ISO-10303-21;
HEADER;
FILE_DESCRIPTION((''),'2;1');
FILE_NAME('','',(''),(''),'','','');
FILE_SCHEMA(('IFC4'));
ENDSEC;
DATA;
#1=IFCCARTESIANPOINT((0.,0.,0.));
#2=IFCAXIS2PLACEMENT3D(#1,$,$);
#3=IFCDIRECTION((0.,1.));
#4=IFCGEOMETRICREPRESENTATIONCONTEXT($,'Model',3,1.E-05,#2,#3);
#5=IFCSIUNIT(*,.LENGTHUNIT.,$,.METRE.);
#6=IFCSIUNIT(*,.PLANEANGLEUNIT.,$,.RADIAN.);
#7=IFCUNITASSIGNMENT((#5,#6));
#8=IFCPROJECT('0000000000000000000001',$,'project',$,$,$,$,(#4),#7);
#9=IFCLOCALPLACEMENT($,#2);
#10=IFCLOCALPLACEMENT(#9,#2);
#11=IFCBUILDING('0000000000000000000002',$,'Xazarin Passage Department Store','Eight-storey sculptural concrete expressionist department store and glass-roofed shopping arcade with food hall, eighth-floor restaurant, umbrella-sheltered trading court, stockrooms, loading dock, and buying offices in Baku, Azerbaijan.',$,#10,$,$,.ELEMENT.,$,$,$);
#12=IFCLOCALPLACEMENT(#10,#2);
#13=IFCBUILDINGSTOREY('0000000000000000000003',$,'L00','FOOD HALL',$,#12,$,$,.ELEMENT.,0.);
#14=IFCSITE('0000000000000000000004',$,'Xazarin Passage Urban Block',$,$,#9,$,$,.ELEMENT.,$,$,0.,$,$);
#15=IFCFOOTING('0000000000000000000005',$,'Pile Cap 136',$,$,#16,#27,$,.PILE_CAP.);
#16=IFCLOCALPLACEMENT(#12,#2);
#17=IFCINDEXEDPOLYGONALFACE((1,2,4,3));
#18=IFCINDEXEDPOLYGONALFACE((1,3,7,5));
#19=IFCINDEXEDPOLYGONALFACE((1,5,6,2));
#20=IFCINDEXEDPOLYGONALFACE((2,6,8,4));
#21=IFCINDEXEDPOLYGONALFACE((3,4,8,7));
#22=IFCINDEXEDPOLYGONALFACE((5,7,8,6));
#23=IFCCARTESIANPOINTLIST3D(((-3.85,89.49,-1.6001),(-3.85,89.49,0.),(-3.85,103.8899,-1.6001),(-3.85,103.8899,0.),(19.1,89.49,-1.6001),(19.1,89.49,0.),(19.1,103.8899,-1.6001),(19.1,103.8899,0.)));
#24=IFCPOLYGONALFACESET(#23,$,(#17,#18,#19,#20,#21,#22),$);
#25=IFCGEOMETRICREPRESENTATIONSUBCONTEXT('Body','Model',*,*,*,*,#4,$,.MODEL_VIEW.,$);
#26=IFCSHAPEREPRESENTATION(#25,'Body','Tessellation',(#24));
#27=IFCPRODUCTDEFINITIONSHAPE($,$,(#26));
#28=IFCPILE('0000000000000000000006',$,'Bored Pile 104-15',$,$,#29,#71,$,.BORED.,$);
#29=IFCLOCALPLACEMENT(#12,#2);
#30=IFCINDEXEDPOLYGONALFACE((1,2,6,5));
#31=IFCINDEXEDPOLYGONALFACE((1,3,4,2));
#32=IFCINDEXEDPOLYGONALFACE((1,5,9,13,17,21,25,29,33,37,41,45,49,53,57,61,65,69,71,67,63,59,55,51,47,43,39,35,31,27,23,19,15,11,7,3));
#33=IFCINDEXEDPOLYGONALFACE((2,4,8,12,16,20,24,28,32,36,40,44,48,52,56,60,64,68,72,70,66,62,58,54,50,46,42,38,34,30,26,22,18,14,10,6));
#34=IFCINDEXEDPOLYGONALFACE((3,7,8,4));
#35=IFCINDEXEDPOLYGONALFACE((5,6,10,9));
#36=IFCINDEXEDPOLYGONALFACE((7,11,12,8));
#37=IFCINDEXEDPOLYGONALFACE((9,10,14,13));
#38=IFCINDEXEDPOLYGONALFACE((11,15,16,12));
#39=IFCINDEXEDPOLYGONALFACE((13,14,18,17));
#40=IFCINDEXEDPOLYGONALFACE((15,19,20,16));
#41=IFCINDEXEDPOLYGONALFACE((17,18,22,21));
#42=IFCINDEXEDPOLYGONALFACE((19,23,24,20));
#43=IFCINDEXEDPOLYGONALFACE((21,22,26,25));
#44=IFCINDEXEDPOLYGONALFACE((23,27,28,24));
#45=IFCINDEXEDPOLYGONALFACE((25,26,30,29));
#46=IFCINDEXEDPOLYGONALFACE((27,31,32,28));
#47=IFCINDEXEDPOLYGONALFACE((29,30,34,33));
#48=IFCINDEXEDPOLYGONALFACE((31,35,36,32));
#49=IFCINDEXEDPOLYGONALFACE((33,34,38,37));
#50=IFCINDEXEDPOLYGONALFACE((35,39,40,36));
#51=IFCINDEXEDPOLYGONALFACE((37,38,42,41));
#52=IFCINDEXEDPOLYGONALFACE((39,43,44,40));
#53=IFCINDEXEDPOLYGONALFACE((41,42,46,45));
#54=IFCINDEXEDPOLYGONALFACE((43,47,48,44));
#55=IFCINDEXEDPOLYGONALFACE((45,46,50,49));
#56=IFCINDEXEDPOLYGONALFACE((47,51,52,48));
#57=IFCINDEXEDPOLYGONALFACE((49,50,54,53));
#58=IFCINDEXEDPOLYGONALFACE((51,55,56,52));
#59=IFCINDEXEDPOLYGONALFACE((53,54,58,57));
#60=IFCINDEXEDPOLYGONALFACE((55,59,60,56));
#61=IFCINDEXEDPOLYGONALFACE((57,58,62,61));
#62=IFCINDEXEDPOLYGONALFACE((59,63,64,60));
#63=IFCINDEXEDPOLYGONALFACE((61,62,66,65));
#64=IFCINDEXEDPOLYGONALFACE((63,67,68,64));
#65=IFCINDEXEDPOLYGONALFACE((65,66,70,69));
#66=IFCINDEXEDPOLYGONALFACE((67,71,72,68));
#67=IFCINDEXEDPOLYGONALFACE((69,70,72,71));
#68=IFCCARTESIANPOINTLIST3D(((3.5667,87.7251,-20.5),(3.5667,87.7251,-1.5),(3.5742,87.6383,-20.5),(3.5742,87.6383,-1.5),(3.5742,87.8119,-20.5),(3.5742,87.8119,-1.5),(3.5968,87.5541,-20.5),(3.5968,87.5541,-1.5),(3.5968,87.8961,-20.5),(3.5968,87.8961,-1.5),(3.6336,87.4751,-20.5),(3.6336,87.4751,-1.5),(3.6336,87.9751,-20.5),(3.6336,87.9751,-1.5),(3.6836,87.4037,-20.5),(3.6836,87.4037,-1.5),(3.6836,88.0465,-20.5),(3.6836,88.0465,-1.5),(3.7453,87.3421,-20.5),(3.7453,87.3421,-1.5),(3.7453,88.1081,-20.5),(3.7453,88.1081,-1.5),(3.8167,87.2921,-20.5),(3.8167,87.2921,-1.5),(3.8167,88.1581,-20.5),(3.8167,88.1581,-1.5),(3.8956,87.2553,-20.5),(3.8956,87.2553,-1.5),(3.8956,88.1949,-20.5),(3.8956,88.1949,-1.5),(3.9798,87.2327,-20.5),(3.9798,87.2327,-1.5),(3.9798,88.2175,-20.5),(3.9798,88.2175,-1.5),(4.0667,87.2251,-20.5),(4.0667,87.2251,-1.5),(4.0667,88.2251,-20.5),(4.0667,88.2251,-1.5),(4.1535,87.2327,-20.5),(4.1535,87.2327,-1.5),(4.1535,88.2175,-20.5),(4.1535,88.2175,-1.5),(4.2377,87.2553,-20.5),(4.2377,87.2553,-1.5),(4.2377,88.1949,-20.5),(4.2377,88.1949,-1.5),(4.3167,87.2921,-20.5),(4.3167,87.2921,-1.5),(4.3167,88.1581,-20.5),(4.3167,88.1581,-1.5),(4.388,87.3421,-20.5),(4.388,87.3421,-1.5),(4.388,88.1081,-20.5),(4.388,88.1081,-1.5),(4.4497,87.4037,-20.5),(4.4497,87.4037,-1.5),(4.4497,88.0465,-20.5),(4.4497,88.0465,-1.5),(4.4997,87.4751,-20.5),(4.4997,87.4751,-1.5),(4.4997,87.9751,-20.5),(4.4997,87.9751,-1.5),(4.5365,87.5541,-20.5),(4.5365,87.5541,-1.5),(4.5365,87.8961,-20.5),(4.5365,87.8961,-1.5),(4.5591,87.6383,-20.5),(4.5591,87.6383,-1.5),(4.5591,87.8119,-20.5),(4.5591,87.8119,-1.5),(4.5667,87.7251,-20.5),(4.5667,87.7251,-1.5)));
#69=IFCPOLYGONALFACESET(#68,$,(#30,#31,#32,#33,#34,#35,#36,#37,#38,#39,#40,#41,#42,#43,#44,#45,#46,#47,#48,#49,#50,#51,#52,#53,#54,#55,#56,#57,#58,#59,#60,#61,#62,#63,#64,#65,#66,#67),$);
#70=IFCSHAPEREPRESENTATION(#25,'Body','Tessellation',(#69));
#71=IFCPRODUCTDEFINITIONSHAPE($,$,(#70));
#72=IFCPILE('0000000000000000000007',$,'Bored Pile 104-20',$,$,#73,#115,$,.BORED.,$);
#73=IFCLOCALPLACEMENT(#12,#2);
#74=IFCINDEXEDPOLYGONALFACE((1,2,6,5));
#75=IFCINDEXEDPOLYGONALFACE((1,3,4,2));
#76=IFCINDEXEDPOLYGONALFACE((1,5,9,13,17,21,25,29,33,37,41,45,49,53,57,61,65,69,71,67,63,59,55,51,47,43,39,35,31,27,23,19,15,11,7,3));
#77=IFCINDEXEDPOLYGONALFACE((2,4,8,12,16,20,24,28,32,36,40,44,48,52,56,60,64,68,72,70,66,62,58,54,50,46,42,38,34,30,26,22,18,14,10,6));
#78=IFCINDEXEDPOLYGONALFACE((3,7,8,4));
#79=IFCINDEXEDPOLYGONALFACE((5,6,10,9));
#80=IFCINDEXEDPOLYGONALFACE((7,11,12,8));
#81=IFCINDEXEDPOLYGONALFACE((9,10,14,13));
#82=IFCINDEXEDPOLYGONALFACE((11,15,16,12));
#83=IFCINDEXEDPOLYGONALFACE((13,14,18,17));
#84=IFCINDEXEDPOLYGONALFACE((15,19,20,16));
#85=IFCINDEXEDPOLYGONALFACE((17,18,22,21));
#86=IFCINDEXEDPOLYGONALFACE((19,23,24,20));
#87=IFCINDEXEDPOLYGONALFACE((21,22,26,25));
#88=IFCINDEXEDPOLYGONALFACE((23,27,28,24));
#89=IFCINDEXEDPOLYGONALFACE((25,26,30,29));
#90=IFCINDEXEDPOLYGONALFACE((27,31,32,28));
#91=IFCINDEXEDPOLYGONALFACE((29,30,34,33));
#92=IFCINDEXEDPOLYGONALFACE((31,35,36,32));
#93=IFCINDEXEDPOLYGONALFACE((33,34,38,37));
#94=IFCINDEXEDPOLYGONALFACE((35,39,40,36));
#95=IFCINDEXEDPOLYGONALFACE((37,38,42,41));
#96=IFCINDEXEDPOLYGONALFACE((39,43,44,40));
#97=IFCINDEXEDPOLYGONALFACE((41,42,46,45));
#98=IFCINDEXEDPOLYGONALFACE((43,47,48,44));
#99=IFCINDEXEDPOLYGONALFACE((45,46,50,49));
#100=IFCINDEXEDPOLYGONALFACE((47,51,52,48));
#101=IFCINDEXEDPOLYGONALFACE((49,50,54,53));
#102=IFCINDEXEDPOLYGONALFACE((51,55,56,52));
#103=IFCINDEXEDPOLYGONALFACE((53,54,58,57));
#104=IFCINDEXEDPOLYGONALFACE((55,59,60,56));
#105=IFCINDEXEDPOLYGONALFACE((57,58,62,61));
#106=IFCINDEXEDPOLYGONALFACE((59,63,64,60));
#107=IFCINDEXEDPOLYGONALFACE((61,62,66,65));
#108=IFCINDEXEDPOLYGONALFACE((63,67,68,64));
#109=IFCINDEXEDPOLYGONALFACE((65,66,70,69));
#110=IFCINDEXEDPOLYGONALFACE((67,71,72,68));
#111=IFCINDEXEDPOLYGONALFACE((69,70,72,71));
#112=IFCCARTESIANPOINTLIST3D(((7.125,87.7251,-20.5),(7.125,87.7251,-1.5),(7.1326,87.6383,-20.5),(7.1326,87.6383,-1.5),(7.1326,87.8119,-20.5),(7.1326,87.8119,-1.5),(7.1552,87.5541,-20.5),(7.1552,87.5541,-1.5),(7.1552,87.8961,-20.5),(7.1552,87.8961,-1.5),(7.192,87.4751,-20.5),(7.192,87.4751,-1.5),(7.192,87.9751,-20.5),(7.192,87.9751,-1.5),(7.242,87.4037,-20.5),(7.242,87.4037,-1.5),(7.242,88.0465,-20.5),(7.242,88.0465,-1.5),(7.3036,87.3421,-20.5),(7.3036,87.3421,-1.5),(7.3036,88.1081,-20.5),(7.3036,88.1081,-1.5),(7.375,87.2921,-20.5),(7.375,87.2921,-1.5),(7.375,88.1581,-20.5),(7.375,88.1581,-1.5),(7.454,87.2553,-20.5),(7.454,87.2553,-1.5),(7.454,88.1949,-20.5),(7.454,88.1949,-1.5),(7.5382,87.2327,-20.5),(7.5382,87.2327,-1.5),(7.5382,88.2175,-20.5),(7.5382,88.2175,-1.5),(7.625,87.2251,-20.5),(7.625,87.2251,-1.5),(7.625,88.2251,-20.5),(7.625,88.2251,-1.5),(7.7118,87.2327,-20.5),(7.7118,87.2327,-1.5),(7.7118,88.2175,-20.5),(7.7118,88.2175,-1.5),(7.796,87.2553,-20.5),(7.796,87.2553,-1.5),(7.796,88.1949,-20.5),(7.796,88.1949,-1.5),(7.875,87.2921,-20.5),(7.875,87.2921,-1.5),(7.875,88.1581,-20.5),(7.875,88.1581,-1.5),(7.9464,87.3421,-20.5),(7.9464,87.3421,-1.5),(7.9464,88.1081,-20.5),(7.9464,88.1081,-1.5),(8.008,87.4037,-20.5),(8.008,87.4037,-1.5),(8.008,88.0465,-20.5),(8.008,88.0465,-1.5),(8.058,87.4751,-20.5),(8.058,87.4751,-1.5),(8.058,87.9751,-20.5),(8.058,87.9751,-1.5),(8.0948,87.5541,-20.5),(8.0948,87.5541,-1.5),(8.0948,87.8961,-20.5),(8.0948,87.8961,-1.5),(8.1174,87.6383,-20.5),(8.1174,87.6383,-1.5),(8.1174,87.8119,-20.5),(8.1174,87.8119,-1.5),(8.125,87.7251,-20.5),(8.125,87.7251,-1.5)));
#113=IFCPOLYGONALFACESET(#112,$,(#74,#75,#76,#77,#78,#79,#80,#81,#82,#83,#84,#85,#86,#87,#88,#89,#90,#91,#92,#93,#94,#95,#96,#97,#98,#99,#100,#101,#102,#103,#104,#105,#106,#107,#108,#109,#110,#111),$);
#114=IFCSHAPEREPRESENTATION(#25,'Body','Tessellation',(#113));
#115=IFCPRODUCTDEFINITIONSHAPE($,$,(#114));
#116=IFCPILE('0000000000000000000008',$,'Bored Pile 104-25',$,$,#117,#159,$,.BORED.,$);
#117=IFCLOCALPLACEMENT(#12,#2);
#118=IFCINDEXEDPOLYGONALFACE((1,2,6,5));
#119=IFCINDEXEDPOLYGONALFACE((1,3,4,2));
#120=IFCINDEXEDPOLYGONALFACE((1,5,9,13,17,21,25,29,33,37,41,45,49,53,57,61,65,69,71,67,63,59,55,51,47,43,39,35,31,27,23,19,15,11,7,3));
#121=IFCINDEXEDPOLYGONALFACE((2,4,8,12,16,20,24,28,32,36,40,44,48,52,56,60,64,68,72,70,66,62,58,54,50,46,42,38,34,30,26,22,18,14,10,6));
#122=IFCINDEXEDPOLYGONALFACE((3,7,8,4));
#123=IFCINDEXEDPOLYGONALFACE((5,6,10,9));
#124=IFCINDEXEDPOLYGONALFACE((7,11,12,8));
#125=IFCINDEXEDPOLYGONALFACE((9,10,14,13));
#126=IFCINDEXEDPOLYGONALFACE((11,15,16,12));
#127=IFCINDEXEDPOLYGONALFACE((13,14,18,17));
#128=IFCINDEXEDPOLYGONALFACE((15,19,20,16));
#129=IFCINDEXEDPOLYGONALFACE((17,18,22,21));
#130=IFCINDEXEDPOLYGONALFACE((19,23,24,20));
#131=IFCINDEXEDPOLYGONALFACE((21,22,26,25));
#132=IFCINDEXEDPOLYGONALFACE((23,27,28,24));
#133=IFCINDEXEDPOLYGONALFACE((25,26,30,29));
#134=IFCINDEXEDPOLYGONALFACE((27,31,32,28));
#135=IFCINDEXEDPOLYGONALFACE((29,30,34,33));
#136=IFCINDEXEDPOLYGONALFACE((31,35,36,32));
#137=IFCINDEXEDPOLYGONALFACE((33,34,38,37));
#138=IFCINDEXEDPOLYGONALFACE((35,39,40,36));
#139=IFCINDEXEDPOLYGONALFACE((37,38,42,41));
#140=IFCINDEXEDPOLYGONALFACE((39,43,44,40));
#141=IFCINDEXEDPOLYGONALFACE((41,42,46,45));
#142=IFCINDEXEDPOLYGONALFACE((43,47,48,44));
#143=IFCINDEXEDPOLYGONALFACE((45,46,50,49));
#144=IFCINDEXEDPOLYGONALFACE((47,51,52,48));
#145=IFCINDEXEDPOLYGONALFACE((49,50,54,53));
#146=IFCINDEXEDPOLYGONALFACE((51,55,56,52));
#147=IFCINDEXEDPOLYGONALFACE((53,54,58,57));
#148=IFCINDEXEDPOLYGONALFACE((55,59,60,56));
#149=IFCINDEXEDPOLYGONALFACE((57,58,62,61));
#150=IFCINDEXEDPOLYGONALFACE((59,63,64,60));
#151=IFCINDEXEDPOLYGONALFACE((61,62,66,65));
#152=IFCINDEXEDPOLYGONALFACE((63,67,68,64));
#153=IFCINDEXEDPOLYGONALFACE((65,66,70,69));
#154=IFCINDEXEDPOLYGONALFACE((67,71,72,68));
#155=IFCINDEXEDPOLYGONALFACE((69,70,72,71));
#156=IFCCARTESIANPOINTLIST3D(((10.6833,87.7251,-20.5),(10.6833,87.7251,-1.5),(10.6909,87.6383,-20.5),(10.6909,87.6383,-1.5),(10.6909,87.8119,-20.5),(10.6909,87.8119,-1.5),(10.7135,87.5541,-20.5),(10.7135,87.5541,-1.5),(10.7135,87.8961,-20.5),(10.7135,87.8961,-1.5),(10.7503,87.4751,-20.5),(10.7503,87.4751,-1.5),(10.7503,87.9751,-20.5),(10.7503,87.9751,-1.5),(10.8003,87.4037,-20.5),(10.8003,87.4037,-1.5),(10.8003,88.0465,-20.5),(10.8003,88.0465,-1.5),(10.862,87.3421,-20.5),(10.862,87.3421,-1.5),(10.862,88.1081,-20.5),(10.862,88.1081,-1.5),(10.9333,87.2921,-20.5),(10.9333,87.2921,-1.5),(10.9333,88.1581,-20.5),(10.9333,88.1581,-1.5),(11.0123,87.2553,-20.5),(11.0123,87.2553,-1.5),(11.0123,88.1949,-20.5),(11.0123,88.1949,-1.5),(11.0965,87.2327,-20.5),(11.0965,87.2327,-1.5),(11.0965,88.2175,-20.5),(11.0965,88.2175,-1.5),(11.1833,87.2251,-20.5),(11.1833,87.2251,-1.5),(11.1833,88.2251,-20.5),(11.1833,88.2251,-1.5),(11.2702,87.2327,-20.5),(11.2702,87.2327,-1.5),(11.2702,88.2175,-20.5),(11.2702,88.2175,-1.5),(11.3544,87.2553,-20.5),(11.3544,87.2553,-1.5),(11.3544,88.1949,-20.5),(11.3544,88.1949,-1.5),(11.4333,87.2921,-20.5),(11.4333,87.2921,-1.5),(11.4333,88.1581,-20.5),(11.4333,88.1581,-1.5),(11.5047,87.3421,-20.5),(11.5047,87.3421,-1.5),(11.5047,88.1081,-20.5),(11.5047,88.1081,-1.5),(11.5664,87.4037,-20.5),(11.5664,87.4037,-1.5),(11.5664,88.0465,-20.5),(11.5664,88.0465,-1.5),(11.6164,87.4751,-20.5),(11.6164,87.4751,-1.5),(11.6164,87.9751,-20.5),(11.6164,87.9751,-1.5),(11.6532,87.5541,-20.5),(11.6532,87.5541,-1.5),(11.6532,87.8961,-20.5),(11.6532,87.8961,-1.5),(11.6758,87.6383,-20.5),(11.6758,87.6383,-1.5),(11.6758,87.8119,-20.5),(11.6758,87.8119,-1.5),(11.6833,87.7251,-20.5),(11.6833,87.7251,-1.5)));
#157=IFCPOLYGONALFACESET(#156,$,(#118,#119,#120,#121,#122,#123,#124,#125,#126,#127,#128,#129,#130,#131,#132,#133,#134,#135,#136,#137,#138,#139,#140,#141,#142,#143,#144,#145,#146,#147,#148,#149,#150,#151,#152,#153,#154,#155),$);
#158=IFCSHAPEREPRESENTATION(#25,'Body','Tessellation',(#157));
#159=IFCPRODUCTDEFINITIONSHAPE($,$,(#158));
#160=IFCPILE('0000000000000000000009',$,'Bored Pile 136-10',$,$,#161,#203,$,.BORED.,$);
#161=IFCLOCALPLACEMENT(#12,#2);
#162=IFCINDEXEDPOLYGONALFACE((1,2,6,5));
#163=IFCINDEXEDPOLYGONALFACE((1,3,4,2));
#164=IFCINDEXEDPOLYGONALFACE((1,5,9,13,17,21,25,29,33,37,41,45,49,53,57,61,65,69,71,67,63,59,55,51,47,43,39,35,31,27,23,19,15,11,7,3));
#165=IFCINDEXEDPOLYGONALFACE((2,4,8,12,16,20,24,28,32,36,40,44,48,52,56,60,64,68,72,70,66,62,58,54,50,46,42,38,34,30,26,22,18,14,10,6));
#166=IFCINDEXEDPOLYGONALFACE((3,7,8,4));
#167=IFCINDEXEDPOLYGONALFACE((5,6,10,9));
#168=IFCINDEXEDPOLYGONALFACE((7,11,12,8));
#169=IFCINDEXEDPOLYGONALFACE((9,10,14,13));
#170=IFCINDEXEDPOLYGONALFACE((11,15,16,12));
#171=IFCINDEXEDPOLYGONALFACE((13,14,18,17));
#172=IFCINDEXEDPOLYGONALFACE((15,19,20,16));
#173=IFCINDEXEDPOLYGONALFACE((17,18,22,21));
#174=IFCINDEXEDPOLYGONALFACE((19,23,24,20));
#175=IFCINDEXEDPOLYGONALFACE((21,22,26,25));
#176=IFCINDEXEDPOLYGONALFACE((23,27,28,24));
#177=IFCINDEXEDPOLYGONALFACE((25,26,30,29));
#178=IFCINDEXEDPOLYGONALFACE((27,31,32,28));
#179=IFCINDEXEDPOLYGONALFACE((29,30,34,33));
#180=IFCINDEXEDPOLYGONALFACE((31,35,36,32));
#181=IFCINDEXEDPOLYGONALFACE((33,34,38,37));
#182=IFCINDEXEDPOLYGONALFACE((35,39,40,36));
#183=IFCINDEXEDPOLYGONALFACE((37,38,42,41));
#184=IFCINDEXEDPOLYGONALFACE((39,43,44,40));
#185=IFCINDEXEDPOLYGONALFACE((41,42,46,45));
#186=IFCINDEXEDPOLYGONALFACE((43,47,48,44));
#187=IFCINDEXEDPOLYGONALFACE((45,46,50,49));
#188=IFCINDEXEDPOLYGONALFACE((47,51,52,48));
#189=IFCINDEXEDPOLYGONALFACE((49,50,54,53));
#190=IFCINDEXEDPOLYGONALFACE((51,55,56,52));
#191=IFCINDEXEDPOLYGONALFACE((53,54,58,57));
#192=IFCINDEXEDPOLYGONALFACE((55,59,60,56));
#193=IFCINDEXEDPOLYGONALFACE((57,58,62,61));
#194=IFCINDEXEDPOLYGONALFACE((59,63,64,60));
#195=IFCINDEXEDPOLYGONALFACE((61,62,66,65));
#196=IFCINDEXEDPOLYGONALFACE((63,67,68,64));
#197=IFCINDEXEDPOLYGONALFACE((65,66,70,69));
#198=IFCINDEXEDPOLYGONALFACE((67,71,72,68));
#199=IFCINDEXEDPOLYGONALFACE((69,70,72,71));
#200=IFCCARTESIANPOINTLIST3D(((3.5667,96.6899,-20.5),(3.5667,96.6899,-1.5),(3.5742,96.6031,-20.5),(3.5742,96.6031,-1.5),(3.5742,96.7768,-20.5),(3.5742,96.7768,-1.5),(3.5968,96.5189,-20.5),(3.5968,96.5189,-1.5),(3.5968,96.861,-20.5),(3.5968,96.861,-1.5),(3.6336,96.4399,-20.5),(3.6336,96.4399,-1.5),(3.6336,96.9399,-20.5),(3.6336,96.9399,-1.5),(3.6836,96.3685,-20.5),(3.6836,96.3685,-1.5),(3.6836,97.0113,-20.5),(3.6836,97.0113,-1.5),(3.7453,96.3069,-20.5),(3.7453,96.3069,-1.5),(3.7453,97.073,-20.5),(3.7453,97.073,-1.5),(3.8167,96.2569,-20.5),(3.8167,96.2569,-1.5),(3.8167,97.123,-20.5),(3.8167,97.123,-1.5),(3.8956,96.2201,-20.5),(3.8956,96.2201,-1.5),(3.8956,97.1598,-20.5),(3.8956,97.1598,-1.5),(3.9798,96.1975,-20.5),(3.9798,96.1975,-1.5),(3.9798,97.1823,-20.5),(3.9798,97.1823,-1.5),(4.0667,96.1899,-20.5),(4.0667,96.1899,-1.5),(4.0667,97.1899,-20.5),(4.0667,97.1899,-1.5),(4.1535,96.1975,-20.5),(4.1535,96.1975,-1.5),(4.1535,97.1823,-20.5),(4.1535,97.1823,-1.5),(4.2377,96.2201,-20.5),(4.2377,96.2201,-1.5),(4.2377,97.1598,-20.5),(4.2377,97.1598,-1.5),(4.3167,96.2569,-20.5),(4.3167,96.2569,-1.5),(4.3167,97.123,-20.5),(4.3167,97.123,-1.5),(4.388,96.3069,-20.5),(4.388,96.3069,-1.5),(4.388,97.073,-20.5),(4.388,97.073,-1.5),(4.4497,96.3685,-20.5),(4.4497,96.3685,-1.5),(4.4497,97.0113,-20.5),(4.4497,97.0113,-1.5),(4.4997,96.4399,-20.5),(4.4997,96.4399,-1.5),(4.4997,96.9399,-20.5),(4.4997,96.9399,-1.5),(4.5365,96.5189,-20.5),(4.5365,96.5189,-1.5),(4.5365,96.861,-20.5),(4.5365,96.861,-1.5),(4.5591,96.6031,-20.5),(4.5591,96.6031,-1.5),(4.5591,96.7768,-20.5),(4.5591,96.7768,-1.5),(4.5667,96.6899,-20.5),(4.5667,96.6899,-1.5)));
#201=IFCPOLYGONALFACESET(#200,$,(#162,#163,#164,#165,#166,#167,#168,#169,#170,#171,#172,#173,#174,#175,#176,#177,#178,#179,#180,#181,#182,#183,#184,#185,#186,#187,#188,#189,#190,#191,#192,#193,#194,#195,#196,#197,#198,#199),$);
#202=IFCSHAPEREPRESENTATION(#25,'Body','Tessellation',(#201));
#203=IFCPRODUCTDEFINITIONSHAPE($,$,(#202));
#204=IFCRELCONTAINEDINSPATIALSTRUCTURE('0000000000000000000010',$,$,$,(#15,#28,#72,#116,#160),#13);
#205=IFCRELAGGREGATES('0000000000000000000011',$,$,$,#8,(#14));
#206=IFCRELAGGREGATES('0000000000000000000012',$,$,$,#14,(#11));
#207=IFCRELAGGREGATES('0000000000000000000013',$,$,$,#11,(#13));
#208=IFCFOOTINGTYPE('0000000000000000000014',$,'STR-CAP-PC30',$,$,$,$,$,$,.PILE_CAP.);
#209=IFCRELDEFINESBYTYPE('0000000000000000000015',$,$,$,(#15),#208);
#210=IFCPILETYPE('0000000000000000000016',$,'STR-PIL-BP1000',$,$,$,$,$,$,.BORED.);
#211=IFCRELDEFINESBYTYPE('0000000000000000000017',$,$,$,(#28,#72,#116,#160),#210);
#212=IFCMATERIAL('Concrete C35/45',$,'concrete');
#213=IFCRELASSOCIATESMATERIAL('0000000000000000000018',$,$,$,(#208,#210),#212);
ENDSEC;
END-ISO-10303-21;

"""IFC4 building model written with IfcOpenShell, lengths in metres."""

from ifc_helpers import new_model, si_unit, direction, frame, origin, origin_2d, place, context, subcontext, project, spatial, rectangle, circle, extrude, material, material_profile, profile_set, type_object, element, save


model = new_model("IFC4")

# Units and contexts
model_context = context("Model", 3, precision=1e-05, world=origin(), true_north=direction((0.0, 1.0)))
body_context = subcontext(model_context, "Body", "Model", "MODEL_VIEW")
ifc_project = project(units=[si_unit("LENGTHUNIT", "METRE"), si_unit("PLANEANGLEUNIT", "RADIAN")], contexts=[model_context])

# Site, building, storey
site_placement = place(None, origin())
site = spatial("IfcSite", under=ifc_project, at=site_placement, Name="Xazarin Passage Urban Block", CompositionType="ELEMENT", RefElevation=0.0)
building_placement = place(site_placement, origin())
building = spatial("IfcBuilding", under=site, at=building_placement, Name="Xazarin Passage Department Store", Description="Eight-storey sculptural concrete expressionist department store and glass-roofed shopping arcade with food hall, eighth-floor restaurant, umbrella-sheltered trading court, stockrooms, loading dock, and buying offices in Baku, Azerbaijan.", CompositionType="ELEMENT")
storey_placement = place(building_placement, origin())
storey = spatial("IfcBuildingStorey", under=building, at=storey_placement, Name="L00", Description="FOOD HALL", CompositionType="ELEMENT", Elevation=0.0)

# Footing
ifc_material_1 = material(Name="Concrete C35/45", Category="concrete")
footing_type = type_object("IfcFootingType", Name="STR-CAP-PC30", PredefinedType="PILE_CAP", material=ifc_material_1)
footing_placement = place(storey_placement, frame((7.625, 96.6899, -1.6001), z_axis=(0.0, 0.0, 1.0), x_axis=(1.0, 0.0, 0.0)))
element("IfcFooting", 1, at=footing_placement, inside=storey, type_object=footing_type, Name="Pile Cap 136", PredefinedType="PILE_CAP", context=body_context, shape_type="SweptSolid", body=[
    extrude(rectangle(XDim=22.95, YDim=14.3999, at=origin_2d()), origin(), (0.0, 0.0, 1.0), 1.6001),
])

# Piles
ifc_material_profile_1 = material_profile(ifc_material_1, circle(Radius=0.5, at=origin_2d()), Name="BP 1000")
ifc_profile_set_1 = profile_set([ifc_material_profile_1], Name="Concrete C35/45")
pile_type_1 = type_object("IfcPileType", Name="STR-PIL-BP1000", PredefinedType="BORED", material=ifc_profile_set_1)
for number, where, z_axis, x_axis, name in (
    (2, (4.0667, 87.7251, -1.5), (0.0, 0.0, -1.0), (1.0, 0.0, 0.0), "Bored Pile 104-15"),
    (3, (7.625, 87.7251, -1.5), (0.0, 0.0, -1.0), (1.0, 0.0, 0.0), "Bored Pile 104-20"),
    (4, (11.1833, 87.7251, -1.5), (0.0, 0.0, -1.0), (1.0, 0.0, 0.0), "Bored Pile 104-25"),
    (5, (4.0667, 96.6899, -1.5), (0.0, 0.0, -1.0), (1.0, 0.0, 0.0), "Bored Pile 136-10"),
):
    element("IfcPile", number, at=place(storey_placement, frame(where, z_axis=z_axis, x_axis=x_axis)), inside=storey, type_object=pile_type_1, Name=name, PredefinedType="BORED", context=body_context, shape_type="SweptSolid", body=[
        extrude(circle(Radius=0.5, at=origin_2d()), origin(), (0.0, 0.0, 1.0), 19.0),
    ])

save(model, "model.ifc")
